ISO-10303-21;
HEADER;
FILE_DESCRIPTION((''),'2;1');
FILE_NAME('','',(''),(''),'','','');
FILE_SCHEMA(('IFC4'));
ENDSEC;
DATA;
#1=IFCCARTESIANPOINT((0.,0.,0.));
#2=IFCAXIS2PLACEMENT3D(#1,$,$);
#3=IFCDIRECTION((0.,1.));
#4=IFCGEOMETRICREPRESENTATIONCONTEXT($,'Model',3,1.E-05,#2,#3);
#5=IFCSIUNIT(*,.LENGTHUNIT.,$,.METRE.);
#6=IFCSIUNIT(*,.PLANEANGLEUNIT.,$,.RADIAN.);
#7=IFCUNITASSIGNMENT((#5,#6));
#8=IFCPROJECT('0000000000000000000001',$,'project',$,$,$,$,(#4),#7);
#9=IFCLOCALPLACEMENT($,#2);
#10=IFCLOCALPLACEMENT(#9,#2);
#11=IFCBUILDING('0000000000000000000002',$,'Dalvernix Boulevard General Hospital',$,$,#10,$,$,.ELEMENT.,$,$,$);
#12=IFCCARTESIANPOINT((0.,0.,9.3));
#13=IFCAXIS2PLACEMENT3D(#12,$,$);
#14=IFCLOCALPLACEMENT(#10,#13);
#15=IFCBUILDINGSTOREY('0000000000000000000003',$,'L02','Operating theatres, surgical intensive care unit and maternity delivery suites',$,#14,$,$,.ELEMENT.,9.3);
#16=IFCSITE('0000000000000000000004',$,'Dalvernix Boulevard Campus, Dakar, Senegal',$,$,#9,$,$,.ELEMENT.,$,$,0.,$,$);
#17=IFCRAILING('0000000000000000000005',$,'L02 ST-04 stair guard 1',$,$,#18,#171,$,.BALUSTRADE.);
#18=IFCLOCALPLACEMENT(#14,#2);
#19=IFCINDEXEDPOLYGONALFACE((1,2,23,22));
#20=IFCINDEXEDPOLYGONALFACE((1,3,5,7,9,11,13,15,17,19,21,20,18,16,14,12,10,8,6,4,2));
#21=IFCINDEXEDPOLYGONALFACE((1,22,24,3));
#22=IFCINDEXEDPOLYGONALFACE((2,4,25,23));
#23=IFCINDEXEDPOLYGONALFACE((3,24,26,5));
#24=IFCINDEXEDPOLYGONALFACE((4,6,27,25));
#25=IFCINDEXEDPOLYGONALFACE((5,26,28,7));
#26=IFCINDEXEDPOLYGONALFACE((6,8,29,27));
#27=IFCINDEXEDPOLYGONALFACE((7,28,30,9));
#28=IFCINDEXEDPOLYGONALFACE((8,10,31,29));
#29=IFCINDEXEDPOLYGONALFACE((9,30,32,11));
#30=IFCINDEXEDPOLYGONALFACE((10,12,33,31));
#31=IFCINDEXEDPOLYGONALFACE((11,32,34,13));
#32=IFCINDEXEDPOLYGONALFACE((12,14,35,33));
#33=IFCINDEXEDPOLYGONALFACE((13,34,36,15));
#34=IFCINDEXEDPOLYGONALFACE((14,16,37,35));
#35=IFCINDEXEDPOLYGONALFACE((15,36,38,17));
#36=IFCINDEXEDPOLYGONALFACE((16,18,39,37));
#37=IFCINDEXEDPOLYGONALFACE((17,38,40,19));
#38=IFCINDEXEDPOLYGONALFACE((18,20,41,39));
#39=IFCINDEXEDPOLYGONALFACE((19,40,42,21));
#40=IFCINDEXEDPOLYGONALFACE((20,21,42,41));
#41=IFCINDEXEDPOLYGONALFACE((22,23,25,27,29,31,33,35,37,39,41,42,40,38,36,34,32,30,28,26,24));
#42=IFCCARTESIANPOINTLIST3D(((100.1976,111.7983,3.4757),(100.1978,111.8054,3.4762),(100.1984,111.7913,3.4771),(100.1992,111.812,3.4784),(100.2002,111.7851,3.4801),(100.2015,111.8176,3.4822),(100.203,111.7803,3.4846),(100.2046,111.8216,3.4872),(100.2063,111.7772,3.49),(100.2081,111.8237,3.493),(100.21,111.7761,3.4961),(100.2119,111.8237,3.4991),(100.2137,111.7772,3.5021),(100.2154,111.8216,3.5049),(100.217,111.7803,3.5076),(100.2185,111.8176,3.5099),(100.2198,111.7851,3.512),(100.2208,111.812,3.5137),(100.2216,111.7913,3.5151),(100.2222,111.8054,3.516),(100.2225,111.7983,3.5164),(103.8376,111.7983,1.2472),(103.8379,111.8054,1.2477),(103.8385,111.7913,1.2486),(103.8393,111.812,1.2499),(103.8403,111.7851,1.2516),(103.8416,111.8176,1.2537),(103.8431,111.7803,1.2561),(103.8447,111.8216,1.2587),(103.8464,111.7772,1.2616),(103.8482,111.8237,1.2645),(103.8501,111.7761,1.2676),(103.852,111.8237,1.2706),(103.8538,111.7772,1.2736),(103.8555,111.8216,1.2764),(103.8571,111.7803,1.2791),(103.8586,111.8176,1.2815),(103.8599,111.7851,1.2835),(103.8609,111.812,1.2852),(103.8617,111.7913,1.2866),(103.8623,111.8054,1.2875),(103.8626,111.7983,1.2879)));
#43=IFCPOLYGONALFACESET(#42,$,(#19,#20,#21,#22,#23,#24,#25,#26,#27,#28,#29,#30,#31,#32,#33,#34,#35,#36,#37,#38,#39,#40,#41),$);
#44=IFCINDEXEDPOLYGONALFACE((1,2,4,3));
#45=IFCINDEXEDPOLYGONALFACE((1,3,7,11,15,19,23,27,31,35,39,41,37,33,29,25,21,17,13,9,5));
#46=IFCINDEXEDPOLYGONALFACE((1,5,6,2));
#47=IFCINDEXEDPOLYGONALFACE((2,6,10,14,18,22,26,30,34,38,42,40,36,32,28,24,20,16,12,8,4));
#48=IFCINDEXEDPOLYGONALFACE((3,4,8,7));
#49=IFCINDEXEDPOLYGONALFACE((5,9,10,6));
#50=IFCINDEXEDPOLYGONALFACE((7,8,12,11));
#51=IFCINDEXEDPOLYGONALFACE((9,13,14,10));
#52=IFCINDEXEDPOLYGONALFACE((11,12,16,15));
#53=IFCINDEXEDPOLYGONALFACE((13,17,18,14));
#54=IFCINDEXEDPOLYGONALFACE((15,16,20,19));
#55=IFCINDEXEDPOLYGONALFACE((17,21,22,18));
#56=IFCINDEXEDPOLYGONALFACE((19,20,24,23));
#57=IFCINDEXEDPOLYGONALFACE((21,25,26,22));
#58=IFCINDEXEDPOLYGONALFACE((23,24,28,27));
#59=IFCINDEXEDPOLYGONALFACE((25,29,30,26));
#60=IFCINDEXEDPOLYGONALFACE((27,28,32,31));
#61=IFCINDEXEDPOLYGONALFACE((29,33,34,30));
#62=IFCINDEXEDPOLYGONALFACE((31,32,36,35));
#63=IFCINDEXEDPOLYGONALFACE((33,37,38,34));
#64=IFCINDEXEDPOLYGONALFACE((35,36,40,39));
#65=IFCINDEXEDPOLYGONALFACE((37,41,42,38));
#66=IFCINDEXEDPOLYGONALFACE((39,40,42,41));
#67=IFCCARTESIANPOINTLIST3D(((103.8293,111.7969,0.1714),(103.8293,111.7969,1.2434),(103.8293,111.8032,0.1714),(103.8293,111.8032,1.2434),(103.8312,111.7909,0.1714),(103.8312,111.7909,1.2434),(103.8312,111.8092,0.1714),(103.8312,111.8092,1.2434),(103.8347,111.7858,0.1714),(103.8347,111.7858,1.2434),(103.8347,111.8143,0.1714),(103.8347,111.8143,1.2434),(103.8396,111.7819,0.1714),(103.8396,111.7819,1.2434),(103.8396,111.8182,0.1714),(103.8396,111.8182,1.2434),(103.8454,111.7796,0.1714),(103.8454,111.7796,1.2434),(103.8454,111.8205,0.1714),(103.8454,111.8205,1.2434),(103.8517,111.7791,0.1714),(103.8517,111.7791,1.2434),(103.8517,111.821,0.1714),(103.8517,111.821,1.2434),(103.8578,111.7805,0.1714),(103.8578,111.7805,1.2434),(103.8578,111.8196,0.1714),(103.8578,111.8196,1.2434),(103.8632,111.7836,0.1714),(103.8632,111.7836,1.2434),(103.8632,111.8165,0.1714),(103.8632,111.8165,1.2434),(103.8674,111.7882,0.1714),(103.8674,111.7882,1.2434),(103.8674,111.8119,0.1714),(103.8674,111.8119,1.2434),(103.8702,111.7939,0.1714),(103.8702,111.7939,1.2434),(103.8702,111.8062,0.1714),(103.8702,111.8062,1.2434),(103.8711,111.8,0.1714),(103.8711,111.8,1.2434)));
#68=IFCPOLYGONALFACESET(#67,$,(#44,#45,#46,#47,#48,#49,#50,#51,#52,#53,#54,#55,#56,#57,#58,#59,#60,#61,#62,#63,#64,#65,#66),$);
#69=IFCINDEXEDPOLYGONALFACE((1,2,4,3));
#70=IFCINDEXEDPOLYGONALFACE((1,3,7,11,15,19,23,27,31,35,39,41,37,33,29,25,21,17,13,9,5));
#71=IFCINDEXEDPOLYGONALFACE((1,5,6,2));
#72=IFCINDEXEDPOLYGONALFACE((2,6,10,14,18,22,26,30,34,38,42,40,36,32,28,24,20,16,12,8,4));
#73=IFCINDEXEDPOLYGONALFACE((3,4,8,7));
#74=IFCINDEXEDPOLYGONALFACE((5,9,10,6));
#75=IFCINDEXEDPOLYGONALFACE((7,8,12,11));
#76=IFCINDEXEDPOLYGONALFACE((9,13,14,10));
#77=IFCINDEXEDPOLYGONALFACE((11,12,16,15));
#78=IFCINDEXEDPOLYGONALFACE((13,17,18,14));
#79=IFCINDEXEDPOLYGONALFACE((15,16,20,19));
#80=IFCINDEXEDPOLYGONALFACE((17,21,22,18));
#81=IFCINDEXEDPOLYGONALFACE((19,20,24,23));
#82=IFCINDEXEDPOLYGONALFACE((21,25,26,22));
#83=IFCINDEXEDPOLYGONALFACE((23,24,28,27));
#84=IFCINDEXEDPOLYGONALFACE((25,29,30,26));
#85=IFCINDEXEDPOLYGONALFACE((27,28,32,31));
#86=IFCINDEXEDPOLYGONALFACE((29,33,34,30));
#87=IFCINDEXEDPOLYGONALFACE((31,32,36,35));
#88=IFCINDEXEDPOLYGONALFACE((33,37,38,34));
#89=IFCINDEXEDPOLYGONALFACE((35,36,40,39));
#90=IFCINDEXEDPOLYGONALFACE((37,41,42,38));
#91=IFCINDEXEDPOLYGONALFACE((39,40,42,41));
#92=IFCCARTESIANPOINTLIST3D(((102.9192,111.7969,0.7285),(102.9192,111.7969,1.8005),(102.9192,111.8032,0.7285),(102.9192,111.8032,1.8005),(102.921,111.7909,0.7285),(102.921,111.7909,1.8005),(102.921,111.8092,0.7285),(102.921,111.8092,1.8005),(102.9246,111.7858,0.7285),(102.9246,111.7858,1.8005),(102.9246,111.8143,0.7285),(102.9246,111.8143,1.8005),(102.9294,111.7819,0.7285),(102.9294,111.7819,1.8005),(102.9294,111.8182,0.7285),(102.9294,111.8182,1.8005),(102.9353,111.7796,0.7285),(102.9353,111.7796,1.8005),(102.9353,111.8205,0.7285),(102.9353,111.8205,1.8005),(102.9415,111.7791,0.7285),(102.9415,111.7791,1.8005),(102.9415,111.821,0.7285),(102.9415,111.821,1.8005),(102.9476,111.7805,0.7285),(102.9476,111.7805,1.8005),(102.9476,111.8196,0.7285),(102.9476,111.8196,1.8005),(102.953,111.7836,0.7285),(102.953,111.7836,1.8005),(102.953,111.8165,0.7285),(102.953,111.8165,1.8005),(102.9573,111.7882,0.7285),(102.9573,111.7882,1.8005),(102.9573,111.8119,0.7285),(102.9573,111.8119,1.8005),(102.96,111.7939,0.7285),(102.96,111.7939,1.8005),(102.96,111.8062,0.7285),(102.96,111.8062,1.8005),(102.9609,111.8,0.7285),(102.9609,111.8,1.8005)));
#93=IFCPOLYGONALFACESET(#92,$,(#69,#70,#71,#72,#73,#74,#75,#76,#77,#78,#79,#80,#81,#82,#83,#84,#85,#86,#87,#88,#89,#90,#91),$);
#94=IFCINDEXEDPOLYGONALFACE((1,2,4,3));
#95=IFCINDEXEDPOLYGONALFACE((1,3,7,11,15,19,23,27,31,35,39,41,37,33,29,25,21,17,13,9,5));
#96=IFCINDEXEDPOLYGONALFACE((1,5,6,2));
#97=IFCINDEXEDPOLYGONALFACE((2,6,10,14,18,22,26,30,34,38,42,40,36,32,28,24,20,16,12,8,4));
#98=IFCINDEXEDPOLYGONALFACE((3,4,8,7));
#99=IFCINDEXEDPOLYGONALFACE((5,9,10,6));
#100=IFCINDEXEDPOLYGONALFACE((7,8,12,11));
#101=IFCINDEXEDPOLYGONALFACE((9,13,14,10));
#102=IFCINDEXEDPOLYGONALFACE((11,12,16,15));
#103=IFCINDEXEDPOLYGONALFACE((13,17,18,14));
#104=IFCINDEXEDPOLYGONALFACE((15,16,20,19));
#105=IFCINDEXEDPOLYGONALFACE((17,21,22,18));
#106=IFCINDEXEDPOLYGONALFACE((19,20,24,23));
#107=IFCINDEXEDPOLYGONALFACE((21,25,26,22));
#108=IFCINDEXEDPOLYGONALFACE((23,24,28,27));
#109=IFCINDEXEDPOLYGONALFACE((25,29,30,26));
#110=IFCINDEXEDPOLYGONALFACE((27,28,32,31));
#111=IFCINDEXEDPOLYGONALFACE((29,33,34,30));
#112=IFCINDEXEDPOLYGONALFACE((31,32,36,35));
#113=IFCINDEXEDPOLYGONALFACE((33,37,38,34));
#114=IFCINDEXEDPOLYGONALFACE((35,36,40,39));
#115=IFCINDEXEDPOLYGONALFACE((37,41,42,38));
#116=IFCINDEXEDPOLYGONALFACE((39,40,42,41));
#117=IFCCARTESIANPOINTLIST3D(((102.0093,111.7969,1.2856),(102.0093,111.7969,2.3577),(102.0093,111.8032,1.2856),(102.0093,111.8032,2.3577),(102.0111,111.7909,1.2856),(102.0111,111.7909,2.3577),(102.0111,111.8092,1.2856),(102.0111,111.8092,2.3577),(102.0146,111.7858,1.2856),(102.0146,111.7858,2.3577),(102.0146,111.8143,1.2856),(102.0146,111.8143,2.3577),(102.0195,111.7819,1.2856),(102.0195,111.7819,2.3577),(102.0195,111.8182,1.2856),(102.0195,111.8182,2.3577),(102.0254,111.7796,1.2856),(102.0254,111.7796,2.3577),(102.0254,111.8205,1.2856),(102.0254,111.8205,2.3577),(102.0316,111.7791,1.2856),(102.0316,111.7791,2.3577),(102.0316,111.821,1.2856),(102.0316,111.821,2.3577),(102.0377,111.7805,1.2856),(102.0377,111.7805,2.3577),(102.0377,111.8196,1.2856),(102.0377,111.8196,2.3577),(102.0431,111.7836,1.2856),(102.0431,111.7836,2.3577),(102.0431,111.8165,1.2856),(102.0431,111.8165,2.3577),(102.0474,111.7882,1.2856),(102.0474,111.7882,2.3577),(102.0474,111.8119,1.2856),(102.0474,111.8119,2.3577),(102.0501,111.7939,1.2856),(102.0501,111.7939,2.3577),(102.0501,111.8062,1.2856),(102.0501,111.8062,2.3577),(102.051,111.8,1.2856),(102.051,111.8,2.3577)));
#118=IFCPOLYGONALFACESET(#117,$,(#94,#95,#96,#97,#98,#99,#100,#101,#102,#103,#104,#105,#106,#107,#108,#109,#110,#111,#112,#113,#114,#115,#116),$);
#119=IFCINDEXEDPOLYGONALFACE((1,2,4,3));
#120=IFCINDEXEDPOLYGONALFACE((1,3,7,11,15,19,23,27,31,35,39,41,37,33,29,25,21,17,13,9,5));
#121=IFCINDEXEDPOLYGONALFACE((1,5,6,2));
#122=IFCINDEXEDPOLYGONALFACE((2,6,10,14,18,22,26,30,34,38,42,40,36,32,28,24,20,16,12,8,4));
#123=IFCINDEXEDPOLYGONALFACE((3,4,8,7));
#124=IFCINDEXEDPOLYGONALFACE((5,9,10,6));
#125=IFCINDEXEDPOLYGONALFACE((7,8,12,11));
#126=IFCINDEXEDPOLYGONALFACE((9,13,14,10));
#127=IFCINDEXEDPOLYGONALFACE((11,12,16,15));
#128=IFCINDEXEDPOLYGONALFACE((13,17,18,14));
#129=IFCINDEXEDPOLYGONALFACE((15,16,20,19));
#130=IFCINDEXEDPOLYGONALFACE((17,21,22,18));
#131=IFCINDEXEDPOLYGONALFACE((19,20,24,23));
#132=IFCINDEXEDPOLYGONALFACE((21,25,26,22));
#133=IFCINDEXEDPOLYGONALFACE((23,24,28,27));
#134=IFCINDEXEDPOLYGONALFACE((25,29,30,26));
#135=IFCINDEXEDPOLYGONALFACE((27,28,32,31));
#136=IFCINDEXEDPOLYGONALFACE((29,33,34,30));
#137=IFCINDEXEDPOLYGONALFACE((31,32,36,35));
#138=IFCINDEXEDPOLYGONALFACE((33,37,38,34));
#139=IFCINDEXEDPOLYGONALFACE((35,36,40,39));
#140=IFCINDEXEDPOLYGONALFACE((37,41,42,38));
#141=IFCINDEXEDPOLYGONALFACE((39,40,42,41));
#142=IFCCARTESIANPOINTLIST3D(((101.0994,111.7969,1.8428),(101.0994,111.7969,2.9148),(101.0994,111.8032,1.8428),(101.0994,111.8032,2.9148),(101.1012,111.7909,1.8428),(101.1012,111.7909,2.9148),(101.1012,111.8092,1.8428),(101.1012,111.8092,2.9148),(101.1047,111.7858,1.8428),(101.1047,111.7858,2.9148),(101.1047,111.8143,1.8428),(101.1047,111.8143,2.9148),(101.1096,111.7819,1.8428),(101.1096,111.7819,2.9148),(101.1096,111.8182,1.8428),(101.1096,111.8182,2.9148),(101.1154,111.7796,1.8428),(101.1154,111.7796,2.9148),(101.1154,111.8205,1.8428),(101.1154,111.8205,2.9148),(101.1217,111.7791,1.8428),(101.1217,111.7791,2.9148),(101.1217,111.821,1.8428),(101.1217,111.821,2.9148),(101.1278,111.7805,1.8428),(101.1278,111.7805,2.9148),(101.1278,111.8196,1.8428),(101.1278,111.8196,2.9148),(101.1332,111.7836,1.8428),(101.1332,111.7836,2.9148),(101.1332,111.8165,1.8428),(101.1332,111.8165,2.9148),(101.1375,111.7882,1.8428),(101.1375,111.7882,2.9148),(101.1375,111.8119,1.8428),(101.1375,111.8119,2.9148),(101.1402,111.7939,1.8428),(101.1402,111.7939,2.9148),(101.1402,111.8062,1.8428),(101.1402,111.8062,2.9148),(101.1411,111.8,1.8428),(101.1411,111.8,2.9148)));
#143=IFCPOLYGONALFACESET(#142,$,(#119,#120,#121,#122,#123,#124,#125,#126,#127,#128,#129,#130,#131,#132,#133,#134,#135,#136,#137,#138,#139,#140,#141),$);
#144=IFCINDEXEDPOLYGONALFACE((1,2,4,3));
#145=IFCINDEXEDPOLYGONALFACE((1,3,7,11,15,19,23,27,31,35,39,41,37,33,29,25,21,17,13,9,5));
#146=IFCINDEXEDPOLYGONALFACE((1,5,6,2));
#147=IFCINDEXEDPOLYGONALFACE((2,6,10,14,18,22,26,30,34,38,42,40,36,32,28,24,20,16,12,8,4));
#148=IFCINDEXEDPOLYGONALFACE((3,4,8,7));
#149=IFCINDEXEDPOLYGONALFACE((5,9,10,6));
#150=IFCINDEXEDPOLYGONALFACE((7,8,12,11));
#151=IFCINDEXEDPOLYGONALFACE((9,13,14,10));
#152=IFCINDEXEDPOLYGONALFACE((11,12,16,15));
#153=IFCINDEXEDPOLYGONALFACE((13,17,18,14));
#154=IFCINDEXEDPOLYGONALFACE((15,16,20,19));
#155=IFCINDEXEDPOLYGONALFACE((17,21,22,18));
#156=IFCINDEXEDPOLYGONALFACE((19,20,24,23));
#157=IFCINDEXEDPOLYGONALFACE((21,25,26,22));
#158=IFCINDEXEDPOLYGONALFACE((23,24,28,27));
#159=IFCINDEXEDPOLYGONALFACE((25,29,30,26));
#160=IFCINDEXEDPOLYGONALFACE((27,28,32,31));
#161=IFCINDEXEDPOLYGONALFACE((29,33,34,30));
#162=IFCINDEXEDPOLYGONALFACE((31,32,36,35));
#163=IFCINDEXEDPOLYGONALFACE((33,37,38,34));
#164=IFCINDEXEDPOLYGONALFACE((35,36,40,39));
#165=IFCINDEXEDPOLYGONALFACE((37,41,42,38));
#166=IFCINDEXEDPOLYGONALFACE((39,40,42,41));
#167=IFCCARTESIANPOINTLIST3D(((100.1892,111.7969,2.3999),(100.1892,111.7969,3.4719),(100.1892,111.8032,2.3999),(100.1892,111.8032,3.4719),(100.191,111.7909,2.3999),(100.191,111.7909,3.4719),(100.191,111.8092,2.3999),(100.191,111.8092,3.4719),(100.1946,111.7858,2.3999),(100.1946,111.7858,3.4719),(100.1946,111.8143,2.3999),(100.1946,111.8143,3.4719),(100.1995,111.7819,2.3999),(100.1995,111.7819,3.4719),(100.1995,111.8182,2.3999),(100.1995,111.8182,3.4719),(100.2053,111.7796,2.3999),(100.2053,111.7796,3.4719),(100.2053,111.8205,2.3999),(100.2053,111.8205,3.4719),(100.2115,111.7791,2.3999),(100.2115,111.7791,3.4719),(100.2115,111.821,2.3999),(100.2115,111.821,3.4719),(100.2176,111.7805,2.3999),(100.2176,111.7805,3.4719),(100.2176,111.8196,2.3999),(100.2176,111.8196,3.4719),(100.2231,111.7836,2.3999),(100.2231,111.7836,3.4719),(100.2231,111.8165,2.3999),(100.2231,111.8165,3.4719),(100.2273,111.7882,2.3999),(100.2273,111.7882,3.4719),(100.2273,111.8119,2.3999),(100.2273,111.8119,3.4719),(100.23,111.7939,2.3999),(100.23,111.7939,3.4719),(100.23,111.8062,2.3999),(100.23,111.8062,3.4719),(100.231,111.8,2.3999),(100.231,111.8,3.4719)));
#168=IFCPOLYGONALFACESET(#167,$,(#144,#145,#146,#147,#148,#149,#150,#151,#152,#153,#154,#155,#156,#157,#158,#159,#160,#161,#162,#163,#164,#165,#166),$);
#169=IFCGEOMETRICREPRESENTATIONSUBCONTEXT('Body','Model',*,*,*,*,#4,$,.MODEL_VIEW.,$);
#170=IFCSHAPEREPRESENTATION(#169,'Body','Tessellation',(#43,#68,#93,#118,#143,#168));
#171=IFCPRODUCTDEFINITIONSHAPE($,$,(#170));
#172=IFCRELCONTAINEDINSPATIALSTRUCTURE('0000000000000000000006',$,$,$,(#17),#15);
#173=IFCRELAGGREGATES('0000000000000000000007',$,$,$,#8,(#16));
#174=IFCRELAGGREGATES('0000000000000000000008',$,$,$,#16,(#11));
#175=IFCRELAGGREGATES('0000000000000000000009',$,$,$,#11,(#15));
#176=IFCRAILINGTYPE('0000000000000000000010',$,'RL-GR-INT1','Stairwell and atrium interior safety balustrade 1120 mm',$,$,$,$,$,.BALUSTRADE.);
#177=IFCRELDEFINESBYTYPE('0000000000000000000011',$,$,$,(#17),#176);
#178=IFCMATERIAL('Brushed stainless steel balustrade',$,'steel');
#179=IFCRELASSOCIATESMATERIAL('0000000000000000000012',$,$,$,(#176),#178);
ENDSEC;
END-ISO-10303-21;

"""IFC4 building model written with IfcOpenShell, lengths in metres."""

from ifc_helpers import new_model, si_unit, direction, frame, origin, origin_2d, place, context, subcontext, project, spatial, circle, extrude, material, type_object, element, save


model = new_model("IFC4")

# Units and contexts
model_context = context("Model", 3, precision=1e-05, world=origin(), true_north=direction((0.0, 1.0)))
body_context = subcontext(model_context, "Body", "Model", "MODEL_VIEW")
ifc_project = project(units=[si_unit("LENGTHUNIT", "METRE"), si_unit("PLANEANGLEUNIT", "RADIAN")], contexts=[model_context])

# Site, building, storey
site_placement = place(None, origin())
site = spatial("IfcSite", under=ifc_project, at=site_placement, Name="Dalvernix Boulevard Campus, Dakar, Senegal", CompositionType="ELEMENT", RefElevation=0.0)
building_placement = place(site_placement, origin())
building = spatial("IfcBuilding", under=site, at=building_placement, Name="Dalvernix Boulevard General Hospital", CompositionType="ELEMENT")
storey_placement = place(building_placement, frame((0.0, 0.0, 9.3)))
storey = spatial("IfcBuildingStorey", under=building, at=storey_placement, Name="L02", Description="Operating theatres, surgical intensive care unit and maternity delivery suites", CompositionType="ELEMENT", Elevation=9.3)

# Railing
ifc_material_1 = material(Name="Brushed stainless steel balustrade", Category="steel")
railing_type_1 = type_object("IfcRailingType", Name="RL-GR-INT1", Description="Stairwell and atrium interior safety balustrade 1120 mm", PredefinedType="BALUSTRADE", material=ifc_material_1)
railing_1_placement = place(storey_placement, frame((103.8501, 111.8, 0.1714)))
element("IfcRailing", 1, at=railing_1_placement, inside=storey, type_object=railing_type_1, Name="L02 ST-04 stair guard 1", PredefinedType="BALUSTRADE", context=body_context, shape_type="SweptSolid", body=[
    extrude(circle(Radius=0.0239, at=origin_2d()), frame((0.0, 0.0, 1.0962), z_axis=(-0.852866, 0.0, 0.52213), x_axis=(0.0, -1.0, 0.0)), (0.0, 0.0, 1.0), 4.2681),
    extrude(circle(Radius=0.021, at=origin_2d()), origin(), (0.0, 0.0, 1.0), 1.072),
    extrude(circle(Radius=0.021, at=origin_2d()), frame((-0.9102, 0.0, 0.5571)), (0.0, 0.0, 1.0), 1.072),
    extrude(circle(Radius=0.021, at=origin_2d()), frame((-1.8201, 0.0, 1.1143)), (0.0, 0.0, 1.0), 1.072),
    extrude(circle(Radius=0.021, at=origin_2d()), frame((-2.73, 0.0, 1.6714)), (0.0, 0.0, 1.0), 1.072),
    extrude(circle(Radius=0.021, at=origin_2d()), frame((-3.6401, 0.0, 2.2285)), (0.0, 0.0, 1.0), 1.072),
])

save(model, "model.ifc")
